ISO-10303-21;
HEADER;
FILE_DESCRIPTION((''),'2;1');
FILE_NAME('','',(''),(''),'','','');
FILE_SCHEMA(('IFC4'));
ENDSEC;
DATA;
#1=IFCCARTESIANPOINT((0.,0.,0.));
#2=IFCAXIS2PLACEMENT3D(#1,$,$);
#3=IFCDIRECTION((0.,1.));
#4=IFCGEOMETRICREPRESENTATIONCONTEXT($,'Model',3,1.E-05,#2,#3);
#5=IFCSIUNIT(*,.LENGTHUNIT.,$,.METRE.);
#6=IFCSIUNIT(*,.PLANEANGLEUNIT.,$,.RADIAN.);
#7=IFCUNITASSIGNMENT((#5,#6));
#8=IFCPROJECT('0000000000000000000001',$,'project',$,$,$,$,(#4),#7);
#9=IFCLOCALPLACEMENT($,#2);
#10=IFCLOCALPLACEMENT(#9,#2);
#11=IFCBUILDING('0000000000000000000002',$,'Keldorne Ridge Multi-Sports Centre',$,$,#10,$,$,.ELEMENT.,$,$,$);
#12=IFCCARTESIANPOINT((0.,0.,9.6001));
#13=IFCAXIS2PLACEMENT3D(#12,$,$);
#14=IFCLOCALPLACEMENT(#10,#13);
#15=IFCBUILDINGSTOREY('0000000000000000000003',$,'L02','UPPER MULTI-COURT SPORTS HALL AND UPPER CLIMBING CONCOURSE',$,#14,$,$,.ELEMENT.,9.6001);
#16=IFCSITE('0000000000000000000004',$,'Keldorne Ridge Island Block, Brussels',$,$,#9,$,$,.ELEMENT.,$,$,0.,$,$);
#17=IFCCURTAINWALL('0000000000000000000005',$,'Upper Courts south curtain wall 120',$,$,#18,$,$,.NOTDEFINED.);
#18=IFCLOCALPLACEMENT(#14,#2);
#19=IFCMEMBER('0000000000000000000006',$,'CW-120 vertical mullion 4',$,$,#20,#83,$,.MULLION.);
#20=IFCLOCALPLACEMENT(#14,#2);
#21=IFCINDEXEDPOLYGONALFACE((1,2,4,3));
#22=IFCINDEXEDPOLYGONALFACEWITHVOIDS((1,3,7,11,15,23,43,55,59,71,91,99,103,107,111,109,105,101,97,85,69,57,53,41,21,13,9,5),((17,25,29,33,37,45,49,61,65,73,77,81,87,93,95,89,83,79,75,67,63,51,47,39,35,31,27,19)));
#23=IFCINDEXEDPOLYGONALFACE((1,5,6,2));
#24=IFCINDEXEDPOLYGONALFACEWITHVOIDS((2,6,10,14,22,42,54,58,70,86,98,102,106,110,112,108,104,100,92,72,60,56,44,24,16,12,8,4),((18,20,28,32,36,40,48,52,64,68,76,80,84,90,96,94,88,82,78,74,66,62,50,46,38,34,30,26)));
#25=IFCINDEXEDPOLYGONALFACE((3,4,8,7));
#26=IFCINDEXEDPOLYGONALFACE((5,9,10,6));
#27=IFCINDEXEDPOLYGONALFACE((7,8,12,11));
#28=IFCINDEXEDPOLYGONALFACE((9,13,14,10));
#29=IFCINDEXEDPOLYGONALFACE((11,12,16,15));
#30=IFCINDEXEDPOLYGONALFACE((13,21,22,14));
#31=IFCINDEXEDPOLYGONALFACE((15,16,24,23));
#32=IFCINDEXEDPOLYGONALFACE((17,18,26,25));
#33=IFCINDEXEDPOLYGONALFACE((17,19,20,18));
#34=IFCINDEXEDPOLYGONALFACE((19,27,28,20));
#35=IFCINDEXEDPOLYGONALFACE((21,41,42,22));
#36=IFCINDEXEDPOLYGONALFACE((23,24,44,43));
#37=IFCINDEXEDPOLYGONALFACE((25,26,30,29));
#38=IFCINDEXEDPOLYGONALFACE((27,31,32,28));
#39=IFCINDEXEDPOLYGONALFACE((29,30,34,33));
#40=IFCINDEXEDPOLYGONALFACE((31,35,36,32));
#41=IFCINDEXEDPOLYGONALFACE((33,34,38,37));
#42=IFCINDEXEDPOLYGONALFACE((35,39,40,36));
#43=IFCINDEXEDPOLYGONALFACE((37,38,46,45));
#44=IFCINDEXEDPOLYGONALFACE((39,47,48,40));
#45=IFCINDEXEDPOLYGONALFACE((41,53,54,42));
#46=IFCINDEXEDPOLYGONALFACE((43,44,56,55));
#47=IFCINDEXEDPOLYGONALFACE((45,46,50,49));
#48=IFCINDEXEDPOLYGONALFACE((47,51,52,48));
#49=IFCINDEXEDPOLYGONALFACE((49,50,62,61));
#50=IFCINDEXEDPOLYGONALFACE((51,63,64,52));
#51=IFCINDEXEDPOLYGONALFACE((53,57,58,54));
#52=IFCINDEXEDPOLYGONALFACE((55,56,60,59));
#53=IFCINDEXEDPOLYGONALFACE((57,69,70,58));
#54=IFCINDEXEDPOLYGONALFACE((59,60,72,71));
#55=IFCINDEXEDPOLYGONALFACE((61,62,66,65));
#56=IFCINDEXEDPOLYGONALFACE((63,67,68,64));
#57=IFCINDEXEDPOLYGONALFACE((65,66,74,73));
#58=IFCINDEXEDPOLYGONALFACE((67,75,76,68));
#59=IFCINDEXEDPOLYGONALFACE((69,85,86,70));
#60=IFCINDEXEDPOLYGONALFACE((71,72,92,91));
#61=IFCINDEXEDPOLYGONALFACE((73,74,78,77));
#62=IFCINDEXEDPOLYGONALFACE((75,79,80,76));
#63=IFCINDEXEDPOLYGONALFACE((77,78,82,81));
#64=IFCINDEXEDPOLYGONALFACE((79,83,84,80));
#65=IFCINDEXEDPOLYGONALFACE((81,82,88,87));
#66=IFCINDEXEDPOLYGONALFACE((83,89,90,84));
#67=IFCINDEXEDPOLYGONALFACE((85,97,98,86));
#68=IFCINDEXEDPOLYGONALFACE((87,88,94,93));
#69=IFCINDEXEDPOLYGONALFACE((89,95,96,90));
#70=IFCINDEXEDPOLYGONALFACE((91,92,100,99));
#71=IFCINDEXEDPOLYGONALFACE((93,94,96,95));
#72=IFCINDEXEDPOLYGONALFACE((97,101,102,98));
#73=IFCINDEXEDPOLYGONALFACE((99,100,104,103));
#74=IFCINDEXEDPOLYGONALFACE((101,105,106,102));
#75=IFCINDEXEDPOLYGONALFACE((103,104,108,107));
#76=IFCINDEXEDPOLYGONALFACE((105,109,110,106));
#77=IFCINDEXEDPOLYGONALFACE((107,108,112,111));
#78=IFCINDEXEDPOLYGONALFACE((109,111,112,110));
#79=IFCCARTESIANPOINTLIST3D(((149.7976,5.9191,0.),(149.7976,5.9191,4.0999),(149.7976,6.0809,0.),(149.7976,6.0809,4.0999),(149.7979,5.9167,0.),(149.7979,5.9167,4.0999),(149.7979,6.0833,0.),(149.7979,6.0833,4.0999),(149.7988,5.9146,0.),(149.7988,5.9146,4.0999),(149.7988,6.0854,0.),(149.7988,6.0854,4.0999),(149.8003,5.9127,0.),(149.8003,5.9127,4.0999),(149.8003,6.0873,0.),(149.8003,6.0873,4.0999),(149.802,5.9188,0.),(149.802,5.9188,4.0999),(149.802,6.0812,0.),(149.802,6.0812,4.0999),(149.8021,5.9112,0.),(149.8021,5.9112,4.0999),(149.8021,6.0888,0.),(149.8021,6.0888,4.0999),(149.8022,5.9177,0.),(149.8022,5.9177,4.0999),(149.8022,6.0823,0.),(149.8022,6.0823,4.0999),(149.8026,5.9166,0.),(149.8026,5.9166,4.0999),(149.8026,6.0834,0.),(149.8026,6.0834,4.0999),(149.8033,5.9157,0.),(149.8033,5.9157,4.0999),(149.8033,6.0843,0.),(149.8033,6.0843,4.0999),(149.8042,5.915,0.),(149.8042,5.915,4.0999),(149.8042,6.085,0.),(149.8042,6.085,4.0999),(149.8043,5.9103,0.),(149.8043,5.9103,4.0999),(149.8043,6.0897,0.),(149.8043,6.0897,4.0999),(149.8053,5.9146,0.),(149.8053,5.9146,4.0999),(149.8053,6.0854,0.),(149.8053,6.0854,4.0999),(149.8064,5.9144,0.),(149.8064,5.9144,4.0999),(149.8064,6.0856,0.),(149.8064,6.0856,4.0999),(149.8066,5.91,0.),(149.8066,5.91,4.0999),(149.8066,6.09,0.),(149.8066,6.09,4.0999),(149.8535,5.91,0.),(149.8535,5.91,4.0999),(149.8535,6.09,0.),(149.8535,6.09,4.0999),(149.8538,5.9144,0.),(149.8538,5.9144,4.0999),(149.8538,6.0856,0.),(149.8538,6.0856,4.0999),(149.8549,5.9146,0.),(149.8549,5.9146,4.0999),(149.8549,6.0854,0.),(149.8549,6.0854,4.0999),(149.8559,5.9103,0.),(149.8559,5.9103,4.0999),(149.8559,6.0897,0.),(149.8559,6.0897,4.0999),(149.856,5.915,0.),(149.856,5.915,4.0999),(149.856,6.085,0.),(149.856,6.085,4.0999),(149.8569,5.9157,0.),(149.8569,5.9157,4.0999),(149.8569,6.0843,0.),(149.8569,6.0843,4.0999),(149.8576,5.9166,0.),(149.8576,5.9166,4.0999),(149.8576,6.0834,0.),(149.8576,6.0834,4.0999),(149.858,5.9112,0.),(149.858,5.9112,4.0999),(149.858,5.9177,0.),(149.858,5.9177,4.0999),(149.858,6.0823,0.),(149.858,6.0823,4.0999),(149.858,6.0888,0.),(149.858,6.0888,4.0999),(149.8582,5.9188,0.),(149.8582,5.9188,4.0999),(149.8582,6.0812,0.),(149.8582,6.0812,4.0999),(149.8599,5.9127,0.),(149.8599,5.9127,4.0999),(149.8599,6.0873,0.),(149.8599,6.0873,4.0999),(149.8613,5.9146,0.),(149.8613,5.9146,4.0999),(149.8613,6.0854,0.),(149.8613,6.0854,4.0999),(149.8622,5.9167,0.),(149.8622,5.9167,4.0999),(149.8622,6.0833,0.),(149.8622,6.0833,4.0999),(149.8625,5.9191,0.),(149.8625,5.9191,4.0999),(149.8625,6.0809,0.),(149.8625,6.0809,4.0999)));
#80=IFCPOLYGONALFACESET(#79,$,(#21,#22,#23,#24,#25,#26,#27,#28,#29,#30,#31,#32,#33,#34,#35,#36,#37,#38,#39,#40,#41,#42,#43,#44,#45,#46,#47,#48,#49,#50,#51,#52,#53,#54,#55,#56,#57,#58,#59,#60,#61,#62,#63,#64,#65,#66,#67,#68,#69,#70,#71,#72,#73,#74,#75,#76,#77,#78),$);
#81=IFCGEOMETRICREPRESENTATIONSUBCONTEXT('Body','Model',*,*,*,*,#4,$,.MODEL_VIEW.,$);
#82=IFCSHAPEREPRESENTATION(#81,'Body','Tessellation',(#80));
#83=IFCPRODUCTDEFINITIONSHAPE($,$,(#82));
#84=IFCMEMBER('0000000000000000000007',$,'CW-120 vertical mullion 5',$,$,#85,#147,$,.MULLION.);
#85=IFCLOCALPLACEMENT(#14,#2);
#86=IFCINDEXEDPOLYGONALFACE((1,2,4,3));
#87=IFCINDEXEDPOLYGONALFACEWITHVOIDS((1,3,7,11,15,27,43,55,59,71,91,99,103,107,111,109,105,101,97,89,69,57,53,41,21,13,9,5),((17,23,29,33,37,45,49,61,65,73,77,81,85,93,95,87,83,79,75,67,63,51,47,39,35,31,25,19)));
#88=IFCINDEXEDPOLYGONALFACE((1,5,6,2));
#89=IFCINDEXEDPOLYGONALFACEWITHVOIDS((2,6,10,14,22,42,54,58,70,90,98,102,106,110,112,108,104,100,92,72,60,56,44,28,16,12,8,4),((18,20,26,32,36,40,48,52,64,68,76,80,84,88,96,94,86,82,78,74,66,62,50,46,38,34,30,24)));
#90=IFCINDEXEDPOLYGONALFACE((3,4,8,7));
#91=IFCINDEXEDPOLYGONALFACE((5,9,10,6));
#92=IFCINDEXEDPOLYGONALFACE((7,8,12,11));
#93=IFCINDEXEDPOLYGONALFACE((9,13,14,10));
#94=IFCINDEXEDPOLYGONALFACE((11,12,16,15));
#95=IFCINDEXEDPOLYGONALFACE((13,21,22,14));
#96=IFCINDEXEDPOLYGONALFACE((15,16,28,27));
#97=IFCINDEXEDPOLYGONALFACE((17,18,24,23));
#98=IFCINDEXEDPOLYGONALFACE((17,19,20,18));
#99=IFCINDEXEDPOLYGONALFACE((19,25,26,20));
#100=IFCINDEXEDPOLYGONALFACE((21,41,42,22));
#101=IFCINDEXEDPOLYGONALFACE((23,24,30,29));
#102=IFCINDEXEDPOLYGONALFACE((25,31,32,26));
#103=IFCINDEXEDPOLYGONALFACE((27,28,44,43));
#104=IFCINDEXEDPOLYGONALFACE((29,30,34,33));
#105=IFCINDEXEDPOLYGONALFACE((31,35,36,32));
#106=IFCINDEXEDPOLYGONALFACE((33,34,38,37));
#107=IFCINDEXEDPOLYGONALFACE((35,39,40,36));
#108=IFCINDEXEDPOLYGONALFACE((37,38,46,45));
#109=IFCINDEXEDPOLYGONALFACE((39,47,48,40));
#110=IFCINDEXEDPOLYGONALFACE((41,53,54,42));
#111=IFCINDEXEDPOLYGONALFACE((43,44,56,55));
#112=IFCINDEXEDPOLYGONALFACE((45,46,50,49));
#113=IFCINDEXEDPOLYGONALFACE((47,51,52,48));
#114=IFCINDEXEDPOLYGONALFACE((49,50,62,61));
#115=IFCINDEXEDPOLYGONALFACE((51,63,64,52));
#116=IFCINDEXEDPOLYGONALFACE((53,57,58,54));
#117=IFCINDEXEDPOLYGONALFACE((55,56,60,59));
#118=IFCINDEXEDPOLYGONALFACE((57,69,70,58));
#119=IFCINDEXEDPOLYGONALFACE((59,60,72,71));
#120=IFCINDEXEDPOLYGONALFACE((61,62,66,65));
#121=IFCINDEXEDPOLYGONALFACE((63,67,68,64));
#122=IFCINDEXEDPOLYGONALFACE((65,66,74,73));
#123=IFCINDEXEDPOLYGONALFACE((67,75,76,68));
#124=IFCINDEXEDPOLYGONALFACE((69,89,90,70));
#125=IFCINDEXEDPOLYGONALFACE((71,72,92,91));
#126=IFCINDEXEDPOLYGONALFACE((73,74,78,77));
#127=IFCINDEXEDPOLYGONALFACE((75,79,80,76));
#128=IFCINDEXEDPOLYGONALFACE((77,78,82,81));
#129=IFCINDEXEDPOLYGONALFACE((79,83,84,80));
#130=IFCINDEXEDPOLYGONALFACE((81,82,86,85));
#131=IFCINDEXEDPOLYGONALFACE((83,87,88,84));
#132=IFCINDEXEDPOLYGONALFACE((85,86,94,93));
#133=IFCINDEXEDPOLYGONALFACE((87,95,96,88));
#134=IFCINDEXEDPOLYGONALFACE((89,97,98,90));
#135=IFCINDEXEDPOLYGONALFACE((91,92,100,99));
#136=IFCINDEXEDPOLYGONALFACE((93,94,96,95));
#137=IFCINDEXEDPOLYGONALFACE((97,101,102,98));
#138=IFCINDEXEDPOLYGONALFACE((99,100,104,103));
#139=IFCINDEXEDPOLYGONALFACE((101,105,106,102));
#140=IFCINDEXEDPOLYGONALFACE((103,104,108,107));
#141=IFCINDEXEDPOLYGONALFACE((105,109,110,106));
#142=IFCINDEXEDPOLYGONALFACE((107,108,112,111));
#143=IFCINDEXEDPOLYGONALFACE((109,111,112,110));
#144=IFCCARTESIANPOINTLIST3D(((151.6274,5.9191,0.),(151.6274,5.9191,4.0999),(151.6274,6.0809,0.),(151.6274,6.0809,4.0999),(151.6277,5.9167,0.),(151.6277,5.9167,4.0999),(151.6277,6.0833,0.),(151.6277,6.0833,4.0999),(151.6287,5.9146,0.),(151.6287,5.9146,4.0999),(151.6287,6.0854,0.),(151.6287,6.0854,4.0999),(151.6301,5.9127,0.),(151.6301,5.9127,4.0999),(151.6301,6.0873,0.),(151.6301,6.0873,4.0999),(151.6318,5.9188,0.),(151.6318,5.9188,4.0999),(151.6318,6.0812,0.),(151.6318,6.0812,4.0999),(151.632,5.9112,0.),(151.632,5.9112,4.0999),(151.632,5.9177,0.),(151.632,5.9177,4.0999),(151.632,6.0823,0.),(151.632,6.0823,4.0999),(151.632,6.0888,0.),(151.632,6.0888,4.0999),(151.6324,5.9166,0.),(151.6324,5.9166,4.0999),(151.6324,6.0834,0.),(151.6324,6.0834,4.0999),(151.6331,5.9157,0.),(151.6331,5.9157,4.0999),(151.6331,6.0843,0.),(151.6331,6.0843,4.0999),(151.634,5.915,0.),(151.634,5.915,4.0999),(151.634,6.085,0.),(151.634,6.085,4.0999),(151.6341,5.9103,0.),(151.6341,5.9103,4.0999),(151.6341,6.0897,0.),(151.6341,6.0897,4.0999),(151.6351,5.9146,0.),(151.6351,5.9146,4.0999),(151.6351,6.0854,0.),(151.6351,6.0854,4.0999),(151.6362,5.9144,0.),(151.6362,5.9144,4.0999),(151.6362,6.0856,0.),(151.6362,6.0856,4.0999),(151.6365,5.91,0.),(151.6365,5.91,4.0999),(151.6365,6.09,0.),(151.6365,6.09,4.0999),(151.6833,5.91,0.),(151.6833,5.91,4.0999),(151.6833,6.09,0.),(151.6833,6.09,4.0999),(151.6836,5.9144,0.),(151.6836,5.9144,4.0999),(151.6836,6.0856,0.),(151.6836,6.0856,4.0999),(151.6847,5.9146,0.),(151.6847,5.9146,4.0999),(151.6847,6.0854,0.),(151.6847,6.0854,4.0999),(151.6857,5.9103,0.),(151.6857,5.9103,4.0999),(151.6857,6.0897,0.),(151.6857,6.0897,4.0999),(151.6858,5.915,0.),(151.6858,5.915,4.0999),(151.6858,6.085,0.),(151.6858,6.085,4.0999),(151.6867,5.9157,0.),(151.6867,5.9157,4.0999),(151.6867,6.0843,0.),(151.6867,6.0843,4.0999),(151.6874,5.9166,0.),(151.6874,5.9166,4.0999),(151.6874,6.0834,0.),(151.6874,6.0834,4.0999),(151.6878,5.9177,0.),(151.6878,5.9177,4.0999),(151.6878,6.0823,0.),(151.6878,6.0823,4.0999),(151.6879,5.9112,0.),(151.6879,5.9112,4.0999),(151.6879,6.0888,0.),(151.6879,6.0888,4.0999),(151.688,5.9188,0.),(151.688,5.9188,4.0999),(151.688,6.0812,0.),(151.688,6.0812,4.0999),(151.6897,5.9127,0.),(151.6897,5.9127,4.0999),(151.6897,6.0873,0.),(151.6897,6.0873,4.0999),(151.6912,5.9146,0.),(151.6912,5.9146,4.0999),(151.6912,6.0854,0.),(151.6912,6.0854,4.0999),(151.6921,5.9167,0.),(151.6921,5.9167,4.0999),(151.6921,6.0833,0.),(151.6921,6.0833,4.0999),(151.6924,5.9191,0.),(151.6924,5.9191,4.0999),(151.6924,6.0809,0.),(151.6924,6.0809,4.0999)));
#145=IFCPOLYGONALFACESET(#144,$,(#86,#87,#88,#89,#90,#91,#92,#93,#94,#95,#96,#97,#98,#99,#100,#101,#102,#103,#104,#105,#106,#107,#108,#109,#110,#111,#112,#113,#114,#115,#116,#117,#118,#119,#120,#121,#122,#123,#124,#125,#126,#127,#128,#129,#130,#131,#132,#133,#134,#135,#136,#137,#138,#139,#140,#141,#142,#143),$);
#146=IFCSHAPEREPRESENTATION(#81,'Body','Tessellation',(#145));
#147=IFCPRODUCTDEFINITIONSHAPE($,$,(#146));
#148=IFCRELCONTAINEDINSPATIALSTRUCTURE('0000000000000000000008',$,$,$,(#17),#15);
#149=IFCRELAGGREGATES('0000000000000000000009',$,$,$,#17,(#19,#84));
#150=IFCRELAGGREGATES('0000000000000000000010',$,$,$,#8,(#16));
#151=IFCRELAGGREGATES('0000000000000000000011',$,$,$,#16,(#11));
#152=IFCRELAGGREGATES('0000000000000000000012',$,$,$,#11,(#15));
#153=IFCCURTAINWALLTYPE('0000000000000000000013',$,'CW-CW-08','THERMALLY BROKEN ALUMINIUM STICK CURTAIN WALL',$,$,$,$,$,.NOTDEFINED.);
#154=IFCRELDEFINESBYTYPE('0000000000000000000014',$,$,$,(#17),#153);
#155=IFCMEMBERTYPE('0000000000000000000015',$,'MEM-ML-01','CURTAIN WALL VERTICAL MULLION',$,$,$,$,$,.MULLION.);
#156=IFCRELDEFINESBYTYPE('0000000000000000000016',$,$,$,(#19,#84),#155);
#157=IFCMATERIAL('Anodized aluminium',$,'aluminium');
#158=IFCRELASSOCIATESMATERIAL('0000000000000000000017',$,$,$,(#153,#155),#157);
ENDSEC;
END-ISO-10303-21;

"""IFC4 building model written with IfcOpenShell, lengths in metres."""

from ifc_helpers import new_model, si_unit, direction, frame, origin, origin_2d, place, context, subcontext, project, spatial, hollow_rectangle, extrude, material, material_profile, profile_set, type_object, element, aggregate, save


model = new_model("IFC4")

# Units and contexts
model_context = context("Model", 3, precision=1e-05, world=origin(), true_north=direction((0.0, 1.0)))
body_context = subcontext(model_context, "Body", "Model", "MODEL_VIEW")
ifc_project = project(units=[si_unit("LENGTHUNIT", "METRE"), si_unit("PLANEANGLEUNIT", "RADIAN")], contexts=[model_context])

# Site, building, storey
site_placement = place(None, origin())
site = spatial("IfcSite", under=ifc_project, at=site_placement, Name="Keldorne Ridge Island Block, Brussels", CompositionType="ELEMENT", RefElevation=0.0)
building_placement = place(site_placement, origin())
building = spatial("IfcBuilding", under=site, at=building_placement, Name="Keldorne Ridge Multi-Sports Centre", CompositionType="ELEMENT")
storey_placement = place(building_placement, frame((0.0, 0.0, 9.6001)))
storey = spatial("IfcBuildingStorey", under=building, at=storey_placement, Name="L02", Description="UPPER MULTI-COURT SPORTS HALL AND UPPER CLIMBING CONCOURSE", CompositionType="ELEMENT", Elevation=9.6001)

# Curtain wall, members
ifc_material_1 = material(Name="Anodized aluminium", Category="aluminium")
curtain_wall_type_1 = type_object("IfcCurtainWallType", Name="CW-CW-08", Description="THERMALLY BROKEN ALUMINIUM STICK CURTAIN WALL", PredefinedType="NOTDEFINED", material=ifc_material_1)
curtain_wall_1_placement = place(storey_placement, origin())
curtain_wall_1 = element("IfcCurtainWall", 1, at=curtain_wall_1_placement, inside=storey, type_object=curtain_wall_type_1, Name="Upper Courts south curtain wall 120", PredefinedType="NOTDEFINED")
ifc_material_profile_1 = material_profile(ifc_material_1, hollow_rectangle(XDim=0.0649, YDim=0.1799, WallThickness=0.0044, InnerFilletRadius=0.0044, OuterFilletRadius=0.009, at=origin_2d()), Name="ALU MULLION 180x65x4.5")
ifc_profile_set_1 = profile_set([ifc_material_profile_1], Name="Anodized aluminium")
member_type_1 = type_object("IfcMemberType", Name="MEM-ML-01", Description="CURTAIN WALL VERTICAL MULLION", PredefinedType="MULLION", material=ifc_profile_set_1)
member_1_placement = place(storey_placement, frame((149.8301, 6.0, 0.0), z_axis=(0.0, 0.0, 1.0), x_axis=(1.0, 0.0, 0.0)))
member_1 = element("IfcMember", 2, at=member_1_placement, type_object=member_type_1, Name="CW-120 vertical mullion 4", PredefinedType="MULLION", context=body_context, shape_type="SweptSolid", body=[
    extrude(hollow_rectangle(XDim=0.0649, YDim=0.1799, WallThickness=0.0044, InnerFilletRadius=0.0044, OuterFilletRadius=0.009, at=origin_2d()), origin(), (0.0, 0.0, 1.0), 4.0999),
])
member_2_placement = place(storey_placement, frame((151.6599, 6.0, 0.0), z_axis=(0.0, 0.0, 1.0), x_axis=(1.0, 0.0, 0.0)))
member_2 = element("IfcMember", 3, at=member_2_placement, type_object=member_type_1, Name="CW-120 vertical mullion 5", PredefinedType="MULLION", context=body_context, shape_type="SweptSolid", body=[
    extrude(hollow_rectangle(XDim=0.0649, YDim=0.1799, WallThickness=0.0044, InnerFilletRadius=0.0044, OuterFilletRadius=0.009, at=origin_2d()), origin(), (0.0, 0.0, 1.0), 4.0999),
])

aggregate(curtain_wall_1, [member_1, member_2])

save(model, "model.ifc")
